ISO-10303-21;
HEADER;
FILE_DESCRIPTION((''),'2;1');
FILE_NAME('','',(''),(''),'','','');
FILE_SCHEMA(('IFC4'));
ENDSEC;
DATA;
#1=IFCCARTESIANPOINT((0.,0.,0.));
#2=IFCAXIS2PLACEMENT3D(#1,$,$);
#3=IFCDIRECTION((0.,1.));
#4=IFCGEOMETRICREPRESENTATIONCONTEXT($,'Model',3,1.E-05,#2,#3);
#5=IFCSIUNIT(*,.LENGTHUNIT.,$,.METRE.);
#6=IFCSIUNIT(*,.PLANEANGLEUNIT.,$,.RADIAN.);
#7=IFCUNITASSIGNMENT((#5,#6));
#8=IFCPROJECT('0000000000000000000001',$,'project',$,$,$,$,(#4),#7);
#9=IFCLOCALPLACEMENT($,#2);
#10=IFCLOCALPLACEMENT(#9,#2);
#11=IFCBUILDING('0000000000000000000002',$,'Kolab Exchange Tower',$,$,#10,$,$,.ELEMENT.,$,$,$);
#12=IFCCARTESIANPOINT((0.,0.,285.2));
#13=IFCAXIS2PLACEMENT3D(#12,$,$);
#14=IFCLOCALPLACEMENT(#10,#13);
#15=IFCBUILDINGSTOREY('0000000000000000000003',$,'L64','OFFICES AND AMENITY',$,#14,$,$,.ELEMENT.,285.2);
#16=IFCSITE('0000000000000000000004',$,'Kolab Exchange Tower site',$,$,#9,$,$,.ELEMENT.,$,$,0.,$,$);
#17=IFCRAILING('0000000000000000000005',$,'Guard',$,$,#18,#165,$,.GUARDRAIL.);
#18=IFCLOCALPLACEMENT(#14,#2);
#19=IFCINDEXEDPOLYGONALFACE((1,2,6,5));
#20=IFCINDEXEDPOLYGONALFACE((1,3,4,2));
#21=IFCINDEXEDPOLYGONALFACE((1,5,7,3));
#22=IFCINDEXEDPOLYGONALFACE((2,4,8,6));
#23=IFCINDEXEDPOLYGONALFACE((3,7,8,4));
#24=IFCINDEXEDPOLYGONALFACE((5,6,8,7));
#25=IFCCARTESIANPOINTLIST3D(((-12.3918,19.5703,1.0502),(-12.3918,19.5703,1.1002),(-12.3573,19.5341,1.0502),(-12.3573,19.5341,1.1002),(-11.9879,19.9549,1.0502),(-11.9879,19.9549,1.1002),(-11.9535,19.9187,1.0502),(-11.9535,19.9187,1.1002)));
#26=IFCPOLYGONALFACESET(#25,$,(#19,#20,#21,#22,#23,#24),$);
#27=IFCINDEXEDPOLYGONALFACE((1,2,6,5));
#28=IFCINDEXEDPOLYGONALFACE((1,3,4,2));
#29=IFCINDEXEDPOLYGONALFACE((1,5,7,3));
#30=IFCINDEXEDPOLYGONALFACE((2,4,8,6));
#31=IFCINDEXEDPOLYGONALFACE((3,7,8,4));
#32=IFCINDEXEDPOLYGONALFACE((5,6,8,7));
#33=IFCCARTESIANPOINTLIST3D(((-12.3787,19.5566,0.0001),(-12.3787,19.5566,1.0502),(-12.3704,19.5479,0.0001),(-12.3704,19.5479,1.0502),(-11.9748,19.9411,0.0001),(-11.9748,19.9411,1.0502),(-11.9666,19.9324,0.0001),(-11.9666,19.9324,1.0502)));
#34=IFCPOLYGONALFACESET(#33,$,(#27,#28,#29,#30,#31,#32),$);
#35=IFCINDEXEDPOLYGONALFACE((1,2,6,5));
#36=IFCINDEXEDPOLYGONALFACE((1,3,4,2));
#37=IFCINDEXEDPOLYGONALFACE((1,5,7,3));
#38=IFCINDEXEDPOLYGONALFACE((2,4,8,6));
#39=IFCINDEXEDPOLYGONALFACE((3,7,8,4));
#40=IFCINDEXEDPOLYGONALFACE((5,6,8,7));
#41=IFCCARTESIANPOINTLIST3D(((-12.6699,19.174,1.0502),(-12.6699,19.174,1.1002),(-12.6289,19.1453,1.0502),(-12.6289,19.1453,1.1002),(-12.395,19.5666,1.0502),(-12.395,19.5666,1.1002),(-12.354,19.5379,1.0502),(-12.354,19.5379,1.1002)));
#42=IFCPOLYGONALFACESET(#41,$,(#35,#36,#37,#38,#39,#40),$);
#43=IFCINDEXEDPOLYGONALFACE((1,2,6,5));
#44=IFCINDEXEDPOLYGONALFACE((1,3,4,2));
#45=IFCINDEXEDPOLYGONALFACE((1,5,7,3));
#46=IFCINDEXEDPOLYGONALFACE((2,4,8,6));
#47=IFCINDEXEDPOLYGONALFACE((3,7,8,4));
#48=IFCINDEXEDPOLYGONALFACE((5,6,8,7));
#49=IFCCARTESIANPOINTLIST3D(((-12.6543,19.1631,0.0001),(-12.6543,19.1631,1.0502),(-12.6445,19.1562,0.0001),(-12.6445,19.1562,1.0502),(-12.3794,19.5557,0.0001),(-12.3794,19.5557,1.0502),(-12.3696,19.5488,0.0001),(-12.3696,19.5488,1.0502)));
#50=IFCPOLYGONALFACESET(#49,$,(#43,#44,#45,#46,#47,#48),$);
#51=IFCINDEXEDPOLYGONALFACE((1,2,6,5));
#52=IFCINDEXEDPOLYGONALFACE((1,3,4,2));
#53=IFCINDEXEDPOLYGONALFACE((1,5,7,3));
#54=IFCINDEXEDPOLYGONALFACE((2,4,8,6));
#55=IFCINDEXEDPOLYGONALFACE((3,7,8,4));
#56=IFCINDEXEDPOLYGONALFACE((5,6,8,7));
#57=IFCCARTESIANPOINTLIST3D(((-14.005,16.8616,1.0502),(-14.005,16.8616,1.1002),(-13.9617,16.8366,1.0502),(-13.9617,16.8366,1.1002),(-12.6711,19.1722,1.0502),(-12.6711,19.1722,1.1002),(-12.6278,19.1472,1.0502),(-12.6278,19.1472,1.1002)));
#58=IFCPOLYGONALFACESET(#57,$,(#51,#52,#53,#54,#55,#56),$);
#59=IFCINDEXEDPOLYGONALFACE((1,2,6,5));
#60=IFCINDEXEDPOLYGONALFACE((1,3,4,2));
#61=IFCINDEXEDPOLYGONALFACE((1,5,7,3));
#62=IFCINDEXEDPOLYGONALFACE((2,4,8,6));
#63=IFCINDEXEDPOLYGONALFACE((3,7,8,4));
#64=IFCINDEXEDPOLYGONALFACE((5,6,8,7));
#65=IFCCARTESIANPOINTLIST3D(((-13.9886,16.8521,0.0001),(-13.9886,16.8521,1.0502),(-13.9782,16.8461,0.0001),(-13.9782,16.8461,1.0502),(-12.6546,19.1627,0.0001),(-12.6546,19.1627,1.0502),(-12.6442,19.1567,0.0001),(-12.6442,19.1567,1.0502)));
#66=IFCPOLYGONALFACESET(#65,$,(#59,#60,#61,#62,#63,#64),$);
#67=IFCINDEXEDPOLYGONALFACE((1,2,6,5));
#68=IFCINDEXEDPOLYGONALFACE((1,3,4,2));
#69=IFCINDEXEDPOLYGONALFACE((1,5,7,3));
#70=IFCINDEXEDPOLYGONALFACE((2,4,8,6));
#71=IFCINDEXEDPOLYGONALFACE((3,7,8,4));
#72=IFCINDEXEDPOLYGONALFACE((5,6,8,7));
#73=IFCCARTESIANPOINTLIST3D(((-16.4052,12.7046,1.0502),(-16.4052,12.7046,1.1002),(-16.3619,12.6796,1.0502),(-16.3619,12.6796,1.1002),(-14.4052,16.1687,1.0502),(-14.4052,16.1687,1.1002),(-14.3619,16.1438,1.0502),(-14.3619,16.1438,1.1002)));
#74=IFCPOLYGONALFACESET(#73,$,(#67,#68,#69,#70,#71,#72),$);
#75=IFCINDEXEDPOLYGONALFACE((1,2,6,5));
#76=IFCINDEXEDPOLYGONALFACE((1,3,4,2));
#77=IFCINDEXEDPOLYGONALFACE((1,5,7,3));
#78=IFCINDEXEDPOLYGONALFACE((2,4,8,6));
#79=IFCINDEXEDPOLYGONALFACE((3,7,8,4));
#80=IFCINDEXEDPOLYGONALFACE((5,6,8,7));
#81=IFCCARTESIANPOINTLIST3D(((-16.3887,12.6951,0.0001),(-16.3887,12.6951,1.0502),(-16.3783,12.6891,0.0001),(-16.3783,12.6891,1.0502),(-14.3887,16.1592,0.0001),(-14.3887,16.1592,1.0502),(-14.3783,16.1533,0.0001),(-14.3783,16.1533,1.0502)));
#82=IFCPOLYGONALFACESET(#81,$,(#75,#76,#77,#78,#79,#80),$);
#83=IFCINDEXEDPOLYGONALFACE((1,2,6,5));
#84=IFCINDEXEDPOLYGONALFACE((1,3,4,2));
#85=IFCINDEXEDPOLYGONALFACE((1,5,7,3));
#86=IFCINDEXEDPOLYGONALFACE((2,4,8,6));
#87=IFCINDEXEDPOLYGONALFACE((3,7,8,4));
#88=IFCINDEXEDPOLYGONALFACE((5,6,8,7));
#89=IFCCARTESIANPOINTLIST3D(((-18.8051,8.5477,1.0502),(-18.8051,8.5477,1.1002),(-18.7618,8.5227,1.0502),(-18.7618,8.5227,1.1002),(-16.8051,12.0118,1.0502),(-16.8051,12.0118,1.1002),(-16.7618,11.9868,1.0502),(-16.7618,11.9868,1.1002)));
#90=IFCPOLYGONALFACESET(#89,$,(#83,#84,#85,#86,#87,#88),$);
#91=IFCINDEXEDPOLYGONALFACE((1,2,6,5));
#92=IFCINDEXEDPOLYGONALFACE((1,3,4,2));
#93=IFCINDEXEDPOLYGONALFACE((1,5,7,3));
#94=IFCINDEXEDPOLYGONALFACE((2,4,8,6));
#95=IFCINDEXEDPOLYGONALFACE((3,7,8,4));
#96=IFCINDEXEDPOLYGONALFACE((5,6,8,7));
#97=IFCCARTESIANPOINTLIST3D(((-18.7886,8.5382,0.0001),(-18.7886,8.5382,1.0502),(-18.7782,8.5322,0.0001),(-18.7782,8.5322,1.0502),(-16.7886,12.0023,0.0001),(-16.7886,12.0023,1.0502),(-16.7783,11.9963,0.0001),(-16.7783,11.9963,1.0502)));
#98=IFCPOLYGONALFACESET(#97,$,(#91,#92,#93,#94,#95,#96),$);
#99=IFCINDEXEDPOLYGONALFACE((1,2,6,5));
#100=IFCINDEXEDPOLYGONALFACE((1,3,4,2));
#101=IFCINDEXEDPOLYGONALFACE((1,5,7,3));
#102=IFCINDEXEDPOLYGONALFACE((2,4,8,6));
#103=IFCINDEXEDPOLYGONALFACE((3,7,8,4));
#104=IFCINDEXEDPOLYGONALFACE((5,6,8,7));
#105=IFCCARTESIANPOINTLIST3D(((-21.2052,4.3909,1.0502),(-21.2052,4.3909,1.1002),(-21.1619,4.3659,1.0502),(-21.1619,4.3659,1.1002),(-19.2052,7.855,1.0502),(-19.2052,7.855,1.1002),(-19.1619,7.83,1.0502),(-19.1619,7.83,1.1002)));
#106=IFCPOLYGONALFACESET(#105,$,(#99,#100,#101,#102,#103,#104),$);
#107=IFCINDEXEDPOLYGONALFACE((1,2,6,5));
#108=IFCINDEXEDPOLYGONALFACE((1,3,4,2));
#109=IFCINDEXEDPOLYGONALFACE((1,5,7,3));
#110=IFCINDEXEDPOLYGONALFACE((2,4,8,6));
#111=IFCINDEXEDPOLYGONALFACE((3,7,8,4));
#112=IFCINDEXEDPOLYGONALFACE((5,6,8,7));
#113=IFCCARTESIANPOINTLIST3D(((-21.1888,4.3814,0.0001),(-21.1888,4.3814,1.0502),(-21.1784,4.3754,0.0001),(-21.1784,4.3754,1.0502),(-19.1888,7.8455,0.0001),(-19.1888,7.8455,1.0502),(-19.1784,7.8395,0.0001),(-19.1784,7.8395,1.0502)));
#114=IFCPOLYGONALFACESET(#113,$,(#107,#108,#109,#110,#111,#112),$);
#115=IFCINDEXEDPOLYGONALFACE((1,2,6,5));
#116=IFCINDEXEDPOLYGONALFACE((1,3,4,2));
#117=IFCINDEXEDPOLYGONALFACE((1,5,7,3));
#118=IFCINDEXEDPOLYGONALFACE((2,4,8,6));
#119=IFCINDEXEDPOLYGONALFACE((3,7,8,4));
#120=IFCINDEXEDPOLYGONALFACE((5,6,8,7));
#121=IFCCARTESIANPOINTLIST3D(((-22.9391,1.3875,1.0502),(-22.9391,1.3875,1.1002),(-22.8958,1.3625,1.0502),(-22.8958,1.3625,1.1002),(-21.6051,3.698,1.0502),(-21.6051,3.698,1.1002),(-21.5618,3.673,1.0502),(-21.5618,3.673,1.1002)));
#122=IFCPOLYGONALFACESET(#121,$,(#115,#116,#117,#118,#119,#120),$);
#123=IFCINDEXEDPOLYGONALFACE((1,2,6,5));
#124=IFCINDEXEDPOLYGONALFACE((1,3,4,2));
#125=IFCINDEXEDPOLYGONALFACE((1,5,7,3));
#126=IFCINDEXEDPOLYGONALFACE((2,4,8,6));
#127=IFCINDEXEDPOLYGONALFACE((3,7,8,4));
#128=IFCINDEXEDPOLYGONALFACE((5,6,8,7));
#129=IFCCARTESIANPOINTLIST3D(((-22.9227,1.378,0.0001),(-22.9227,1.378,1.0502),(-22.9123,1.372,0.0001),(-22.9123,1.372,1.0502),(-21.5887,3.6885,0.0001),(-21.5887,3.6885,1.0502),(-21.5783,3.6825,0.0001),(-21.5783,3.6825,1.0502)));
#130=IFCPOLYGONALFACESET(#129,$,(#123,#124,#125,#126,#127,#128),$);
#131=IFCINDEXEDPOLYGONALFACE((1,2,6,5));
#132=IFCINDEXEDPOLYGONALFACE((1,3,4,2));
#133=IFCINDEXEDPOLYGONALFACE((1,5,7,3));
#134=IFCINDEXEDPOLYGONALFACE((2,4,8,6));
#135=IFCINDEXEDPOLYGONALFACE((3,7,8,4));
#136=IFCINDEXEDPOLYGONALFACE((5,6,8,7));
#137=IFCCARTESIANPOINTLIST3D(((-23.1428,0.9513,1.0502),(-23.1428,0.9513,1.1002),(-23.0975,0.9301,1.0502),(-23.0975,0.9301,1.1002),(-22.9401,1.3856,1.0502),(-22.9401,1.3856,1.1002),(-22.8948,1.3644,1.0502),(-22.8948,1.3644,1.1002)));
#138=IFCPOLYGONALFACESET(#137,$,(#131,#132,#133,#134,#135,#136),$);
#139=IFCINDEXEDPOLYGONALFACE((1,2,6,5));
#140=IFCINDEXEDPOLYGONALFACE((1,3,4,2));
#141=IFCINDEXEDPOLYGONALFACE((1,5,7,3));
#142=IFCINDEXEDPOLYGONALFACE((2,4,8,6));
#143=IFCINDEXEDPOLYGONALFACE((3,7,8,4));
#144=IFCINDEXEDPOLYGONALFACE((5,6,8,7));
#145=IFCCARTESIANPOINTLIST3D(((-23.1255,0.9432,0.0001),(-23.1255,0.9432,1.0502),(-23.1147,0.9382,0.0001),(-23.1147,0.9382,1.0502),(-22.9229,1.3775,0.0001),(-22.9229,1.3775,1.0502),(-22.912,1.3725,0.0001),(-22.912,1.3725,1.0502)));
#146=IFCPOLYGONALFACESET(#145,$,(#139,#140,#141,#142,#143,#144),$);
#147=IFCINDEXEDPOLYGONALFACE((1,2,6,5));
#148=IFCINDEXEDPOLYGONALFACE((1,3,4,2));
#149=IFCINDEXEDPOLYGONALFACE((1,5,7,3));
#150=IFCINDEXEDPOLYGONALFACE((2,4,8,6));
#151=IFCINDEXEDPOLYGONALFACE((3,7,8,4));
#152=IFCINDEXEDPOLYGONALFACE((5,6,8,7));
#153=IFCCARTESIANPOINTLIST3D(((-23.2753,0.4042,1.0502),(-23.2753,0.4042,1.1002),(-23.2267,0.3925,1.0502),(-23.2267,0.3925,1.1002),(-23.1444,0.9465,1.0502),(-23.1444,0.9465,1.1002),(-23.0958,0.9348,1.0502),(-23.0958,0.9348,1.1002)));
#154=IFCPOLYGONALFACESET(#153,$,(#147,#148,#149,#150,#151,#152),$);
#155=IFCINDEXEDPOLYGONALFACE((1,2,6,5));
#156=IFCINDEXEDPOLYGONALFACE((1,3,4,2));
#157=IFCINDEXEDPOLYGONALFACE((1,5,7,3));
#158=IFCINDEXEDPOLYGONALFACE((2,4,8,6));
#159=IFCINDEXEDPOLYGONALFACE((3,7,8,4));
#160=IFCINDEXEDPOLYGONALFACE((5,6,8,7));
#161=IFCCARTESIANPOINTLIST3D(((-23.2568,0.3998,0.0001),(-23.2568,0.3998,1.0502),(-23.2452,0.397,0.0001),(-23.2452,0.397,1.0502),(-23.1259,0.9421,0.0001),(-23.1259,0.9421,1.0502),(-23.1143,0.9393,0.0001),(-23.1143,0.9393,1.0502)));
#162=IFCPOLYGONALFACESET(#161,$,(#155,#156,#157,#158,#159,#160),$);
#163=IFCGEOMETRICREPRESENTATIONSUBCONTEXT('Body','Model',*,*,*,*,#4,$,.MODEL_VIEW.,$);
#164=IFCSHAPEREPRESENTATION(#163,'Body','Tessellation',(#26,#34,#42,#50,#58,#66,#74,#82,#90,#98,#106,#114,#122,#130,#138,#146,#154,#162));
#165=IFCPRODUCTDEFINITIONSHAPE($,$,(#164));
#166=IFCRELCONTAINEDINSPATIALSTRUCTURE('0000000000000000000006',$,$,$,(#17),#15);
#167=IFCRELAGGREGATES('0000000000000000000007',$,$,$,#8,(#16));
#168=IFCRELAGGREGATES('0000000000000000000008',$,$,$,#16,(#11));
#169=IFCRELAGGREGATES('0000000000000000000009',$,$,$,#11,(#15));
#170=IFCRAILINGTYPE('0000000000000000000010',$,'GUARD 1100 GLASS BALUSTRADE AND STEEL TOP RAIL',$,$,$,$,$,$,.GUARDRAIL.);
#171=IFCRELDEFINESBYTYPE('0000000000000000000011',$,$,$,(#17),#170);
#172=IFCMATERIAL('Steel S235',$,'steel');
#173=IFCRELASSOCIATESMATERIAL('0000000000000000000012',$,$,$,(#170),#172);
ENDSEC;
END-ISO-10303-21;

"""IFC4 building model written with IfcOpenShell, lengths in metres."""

from ifc_helpers import new_model, si_unit, direction, frame, frame_2d, origin, origin_2d, place, context, subcontext, project, spatial, rectangle, extrude, material, type_object, element, save


model = new_model("IFC4")

# Units and contexts
model_context = context("Model", 3, precision=1e-05, world=origin(), true_north=direction((0.0, 1.0)))
body_context = subcontext(model_context, "Body", "Model", "MODEL_VIEW")
ifc_project = project(units=[si_unit("LENGTHUNIT", "METRE"), si_unit("PLANEANGLEUNIT", "RADIAN")], contexts=[model_context])

# Site, building, storey
site_placement = place(None, origin())
site = spatial("IfcSite", under=ifc_project, at=site_placement, Name="Kolab Exchange Tower site", CompositionType="ELEMENT", RefElevation=0.0)
building_placement = place(site_placement, origin())
building = spatial("IfcBuilding", under=site, at=building_placement, Name="Kolab Exchange Tower", CompositionType="ELEMENT")
storey_placement = place(building_placement, frame((0.0, 0.0, 285.2)))
storey = spatial("IfcBuildingStorey", under=building, at=storey_placement, Name="L64", Description="OFFICES AND AMENITY", CompositionType="ELEMENT", Elevation=285.2)

# Shared definitions
ifc_material_1 = material(Name="Steel S235", Category="steel")

# Railing
railing_type = type_object("IfcRailingType", Name="GUARD 1100 GLASS BALUSTRADE AND STEEL TOP RAIL", PredefinedType="GUARDRAIL", material=ifc_material_1)
railing_placement = place(storey_placement, frame((-11.9707, 19.9368, 0.0)))
element("IfcRailing", 1, at=railing_placement, inside=storey, type_object=railing_type, Name="Guard", PredefinedType="GUARDRAIL", context=body_context, shape_type="SweptSolid", body=[
    extrude(rectangle(XDim=0.05, YDim=0.05, at=origin_2d()), frame((0.0, 0.0, 1.0752), z_axis=(-0.72419, -0.689601, 0.0), x_axis=(0.689601, -0.72419, 0.0)), (0.0, 0.0, 1.0), 0.5576),
    extrude(rectangle(XDim=0.012, YDim=1.0501, at=frame_2d((0.0, 0.5251))), frame((0.0, 0.0, 0.0), z_axis=(-0.72419, -0.689601, 0.0), x_axis=(0.689601, -0.72419, 0.0)), (0.0, 0.0, 1.0), 0.5576),
    extrude(rectangle(XDim=0.05, YDim=0.05, at=origin_2d()), frame((-0.4038, -0.3845, 1.0752), z_axis=(-0.573599, -0.819136, 0.0), x_axis=(0.819136, -0.573599, 0.0)), (0.0, 0.0, 1.0), 0.4792),
    extrude(rectangle(XDim=0.012, YDim=1.0501, at=frame_2d((0.0, 0.5251))), frame((-0.4038, -0.3845, 0.0), z_axis=(-0.573599, -0.819136, 0.0), x_axis=(0.819136, -0.573599, 0.0)), (0.0, 0.0, 1.0), 0.4792),
    extrude(rectangle(XDim=0.05, YDim=0.05, at=origin_2d()), frame((-0.6787, -0.7771, 1.0752), z_axis=(-0.499997, -0.866027, 0.0), x_axis=(0.866027, -0.499997, 0.0)), (0.0, 0.0, 1.0), 2.668),
    extrude(rectangle(XDim=0.012, YDim=1.0501, at=frame_2d((0.0, 0.5251))), frame((-0.6787, -0.7771, 0.0), z_axis=(-0.499997, -0.866027, 0.0), x_axis=(0.866027, -0.499997, 0.0)), (0.0, 0.0, 1.0), 2.668),
    extrude(rectangle(XDim=0.05, YDim=0.05, at=origin_2d()), frame((-2.4128, -3.7805, 1.0752), z_axis=(-0.499999, -0.866026, 0.0), x_axis=(0.866026, -0.499999, 0.0)), (0.0, 0.0, 1.0), 4.0),
    extrude(rectangle(XDim=0.012, YDim=1.0501, at=frame_2d((0.0, 0.5251))), frame((-2.4128, -3.7805, 0.0), z_axis=(-0.499999, -0.866026, 0.0), x_axis=(0.866026, -0.499999, 0.0)), (0.0, 0.0, 1.0), 4.0),
    extrude(rectangle(XDim=0.05, YDim=0.05, at=origin_2d()), frame((-4.8127, -7.9375, 1.0752), z_axis=(-0.499999, -0.866026, 0.0), x_axis=(0.866026, -0.499999, 0.0)), (0.0, 0.0, 1.0), 4.0),
    extrude(rectangle(XDim=0.012, YDim=1.0501, at=frame_2d((0.0, 0.5251))), frame((-4.8127, -7.9375, 0.0), z_axis=(-0.499999, -0.866026, 0.0), x_axis=(0.866026, -0.499999, 0.0)), (0.0, 0.0, 1.0), 4.0),
    extrude(rectangle(XDim=0.05, YDim=0.05, at=origin_2d()), frame((-7.2129, -12.0942, 1.0752), z_axis=(-0.499999, -0.866026, 0.0), x_axis=(0.866026, -0.499999, 0.0)), (0.0, 0.0, 1.0), 4.0),
    extrude(rectangle(XDim=0.012, YDim=1.0501, at=frame_2d((0.0, 0.5251))), frame((-7.2129, -12.0942, 0.0), z_axis=(-0.499999, -0.866026, 0.0), x_axis=(0.866026, -0.499999, 0.0)), (0.0, 0.0, 1.0), 4.0),
    extrude(rectangle(XDim=0.05, YDim=0.05, at=origin_2d()), frame((-9.6128, -16.2512, 1.0752), z_axis=(-0.499997, -0.866027, 0.0), x_axis=(0.866027, -0.499997, 0.0)), (0.0, 0.0, 1.0), 2.668),
    extrude(rectangle(XDim=0.012, YDim=1.0501, at=frame_2d((0.0, 0.5251))), frame((-9.6128, -16.2512, 0.0), z_axis=(-0.499997, -0.866027, 0.0), x_axis=(0.866027, -0.499997, 0.0)), (0.0, 0.0, 1.0), 2.668),
    extrude(rectangle(XDim=0.05, YDim=0.05, at=origin_2d()), frame((-10.9468, -18.5618, 1.0752), z_axis=(-0.422802, -0.906222, 0.0), x_axis=(0.906222, -0.422802, 0.0)), (0.0, 0.0, 1.0), 0.4792),
    extrude(rectangle(XDim=0.012, YDim=1.0501, at=frame_2d((0.0, 0.5251))), frame((-10.9468, -18.5618, 0.0), z_axis=(-0.422802, -0.906222, 0.0), x_axis=(0.906222, -0.422802, 0.0)), (0.0, 0.0, 1.0), 0.4792),
    extrude(rectangle(XDim=0.05, YDim=0.05, at=origin_2d()), frame((-11.1494, -18.9961, 1.0752), z_axis=(-0.234598, -0.972093, 0.0), x_axis=(0.972093, -0.234598, 0.0)), (0.0, 0.0, 1.0), 0.5579),
    extrude(rectangle(XDim=0.012, YDim=1.0501, at=frame_2d((0.0, 0.5251))), frame((-11.1494, -18.9961, 0.0), z_axis=(-0.234598, -0.972093, 0.0), x_axis=(0.972093, -0.234598, 0.0)), (0.0, 0.0, 1.0), 0.5579),
])

save(model, "model.ifc")
